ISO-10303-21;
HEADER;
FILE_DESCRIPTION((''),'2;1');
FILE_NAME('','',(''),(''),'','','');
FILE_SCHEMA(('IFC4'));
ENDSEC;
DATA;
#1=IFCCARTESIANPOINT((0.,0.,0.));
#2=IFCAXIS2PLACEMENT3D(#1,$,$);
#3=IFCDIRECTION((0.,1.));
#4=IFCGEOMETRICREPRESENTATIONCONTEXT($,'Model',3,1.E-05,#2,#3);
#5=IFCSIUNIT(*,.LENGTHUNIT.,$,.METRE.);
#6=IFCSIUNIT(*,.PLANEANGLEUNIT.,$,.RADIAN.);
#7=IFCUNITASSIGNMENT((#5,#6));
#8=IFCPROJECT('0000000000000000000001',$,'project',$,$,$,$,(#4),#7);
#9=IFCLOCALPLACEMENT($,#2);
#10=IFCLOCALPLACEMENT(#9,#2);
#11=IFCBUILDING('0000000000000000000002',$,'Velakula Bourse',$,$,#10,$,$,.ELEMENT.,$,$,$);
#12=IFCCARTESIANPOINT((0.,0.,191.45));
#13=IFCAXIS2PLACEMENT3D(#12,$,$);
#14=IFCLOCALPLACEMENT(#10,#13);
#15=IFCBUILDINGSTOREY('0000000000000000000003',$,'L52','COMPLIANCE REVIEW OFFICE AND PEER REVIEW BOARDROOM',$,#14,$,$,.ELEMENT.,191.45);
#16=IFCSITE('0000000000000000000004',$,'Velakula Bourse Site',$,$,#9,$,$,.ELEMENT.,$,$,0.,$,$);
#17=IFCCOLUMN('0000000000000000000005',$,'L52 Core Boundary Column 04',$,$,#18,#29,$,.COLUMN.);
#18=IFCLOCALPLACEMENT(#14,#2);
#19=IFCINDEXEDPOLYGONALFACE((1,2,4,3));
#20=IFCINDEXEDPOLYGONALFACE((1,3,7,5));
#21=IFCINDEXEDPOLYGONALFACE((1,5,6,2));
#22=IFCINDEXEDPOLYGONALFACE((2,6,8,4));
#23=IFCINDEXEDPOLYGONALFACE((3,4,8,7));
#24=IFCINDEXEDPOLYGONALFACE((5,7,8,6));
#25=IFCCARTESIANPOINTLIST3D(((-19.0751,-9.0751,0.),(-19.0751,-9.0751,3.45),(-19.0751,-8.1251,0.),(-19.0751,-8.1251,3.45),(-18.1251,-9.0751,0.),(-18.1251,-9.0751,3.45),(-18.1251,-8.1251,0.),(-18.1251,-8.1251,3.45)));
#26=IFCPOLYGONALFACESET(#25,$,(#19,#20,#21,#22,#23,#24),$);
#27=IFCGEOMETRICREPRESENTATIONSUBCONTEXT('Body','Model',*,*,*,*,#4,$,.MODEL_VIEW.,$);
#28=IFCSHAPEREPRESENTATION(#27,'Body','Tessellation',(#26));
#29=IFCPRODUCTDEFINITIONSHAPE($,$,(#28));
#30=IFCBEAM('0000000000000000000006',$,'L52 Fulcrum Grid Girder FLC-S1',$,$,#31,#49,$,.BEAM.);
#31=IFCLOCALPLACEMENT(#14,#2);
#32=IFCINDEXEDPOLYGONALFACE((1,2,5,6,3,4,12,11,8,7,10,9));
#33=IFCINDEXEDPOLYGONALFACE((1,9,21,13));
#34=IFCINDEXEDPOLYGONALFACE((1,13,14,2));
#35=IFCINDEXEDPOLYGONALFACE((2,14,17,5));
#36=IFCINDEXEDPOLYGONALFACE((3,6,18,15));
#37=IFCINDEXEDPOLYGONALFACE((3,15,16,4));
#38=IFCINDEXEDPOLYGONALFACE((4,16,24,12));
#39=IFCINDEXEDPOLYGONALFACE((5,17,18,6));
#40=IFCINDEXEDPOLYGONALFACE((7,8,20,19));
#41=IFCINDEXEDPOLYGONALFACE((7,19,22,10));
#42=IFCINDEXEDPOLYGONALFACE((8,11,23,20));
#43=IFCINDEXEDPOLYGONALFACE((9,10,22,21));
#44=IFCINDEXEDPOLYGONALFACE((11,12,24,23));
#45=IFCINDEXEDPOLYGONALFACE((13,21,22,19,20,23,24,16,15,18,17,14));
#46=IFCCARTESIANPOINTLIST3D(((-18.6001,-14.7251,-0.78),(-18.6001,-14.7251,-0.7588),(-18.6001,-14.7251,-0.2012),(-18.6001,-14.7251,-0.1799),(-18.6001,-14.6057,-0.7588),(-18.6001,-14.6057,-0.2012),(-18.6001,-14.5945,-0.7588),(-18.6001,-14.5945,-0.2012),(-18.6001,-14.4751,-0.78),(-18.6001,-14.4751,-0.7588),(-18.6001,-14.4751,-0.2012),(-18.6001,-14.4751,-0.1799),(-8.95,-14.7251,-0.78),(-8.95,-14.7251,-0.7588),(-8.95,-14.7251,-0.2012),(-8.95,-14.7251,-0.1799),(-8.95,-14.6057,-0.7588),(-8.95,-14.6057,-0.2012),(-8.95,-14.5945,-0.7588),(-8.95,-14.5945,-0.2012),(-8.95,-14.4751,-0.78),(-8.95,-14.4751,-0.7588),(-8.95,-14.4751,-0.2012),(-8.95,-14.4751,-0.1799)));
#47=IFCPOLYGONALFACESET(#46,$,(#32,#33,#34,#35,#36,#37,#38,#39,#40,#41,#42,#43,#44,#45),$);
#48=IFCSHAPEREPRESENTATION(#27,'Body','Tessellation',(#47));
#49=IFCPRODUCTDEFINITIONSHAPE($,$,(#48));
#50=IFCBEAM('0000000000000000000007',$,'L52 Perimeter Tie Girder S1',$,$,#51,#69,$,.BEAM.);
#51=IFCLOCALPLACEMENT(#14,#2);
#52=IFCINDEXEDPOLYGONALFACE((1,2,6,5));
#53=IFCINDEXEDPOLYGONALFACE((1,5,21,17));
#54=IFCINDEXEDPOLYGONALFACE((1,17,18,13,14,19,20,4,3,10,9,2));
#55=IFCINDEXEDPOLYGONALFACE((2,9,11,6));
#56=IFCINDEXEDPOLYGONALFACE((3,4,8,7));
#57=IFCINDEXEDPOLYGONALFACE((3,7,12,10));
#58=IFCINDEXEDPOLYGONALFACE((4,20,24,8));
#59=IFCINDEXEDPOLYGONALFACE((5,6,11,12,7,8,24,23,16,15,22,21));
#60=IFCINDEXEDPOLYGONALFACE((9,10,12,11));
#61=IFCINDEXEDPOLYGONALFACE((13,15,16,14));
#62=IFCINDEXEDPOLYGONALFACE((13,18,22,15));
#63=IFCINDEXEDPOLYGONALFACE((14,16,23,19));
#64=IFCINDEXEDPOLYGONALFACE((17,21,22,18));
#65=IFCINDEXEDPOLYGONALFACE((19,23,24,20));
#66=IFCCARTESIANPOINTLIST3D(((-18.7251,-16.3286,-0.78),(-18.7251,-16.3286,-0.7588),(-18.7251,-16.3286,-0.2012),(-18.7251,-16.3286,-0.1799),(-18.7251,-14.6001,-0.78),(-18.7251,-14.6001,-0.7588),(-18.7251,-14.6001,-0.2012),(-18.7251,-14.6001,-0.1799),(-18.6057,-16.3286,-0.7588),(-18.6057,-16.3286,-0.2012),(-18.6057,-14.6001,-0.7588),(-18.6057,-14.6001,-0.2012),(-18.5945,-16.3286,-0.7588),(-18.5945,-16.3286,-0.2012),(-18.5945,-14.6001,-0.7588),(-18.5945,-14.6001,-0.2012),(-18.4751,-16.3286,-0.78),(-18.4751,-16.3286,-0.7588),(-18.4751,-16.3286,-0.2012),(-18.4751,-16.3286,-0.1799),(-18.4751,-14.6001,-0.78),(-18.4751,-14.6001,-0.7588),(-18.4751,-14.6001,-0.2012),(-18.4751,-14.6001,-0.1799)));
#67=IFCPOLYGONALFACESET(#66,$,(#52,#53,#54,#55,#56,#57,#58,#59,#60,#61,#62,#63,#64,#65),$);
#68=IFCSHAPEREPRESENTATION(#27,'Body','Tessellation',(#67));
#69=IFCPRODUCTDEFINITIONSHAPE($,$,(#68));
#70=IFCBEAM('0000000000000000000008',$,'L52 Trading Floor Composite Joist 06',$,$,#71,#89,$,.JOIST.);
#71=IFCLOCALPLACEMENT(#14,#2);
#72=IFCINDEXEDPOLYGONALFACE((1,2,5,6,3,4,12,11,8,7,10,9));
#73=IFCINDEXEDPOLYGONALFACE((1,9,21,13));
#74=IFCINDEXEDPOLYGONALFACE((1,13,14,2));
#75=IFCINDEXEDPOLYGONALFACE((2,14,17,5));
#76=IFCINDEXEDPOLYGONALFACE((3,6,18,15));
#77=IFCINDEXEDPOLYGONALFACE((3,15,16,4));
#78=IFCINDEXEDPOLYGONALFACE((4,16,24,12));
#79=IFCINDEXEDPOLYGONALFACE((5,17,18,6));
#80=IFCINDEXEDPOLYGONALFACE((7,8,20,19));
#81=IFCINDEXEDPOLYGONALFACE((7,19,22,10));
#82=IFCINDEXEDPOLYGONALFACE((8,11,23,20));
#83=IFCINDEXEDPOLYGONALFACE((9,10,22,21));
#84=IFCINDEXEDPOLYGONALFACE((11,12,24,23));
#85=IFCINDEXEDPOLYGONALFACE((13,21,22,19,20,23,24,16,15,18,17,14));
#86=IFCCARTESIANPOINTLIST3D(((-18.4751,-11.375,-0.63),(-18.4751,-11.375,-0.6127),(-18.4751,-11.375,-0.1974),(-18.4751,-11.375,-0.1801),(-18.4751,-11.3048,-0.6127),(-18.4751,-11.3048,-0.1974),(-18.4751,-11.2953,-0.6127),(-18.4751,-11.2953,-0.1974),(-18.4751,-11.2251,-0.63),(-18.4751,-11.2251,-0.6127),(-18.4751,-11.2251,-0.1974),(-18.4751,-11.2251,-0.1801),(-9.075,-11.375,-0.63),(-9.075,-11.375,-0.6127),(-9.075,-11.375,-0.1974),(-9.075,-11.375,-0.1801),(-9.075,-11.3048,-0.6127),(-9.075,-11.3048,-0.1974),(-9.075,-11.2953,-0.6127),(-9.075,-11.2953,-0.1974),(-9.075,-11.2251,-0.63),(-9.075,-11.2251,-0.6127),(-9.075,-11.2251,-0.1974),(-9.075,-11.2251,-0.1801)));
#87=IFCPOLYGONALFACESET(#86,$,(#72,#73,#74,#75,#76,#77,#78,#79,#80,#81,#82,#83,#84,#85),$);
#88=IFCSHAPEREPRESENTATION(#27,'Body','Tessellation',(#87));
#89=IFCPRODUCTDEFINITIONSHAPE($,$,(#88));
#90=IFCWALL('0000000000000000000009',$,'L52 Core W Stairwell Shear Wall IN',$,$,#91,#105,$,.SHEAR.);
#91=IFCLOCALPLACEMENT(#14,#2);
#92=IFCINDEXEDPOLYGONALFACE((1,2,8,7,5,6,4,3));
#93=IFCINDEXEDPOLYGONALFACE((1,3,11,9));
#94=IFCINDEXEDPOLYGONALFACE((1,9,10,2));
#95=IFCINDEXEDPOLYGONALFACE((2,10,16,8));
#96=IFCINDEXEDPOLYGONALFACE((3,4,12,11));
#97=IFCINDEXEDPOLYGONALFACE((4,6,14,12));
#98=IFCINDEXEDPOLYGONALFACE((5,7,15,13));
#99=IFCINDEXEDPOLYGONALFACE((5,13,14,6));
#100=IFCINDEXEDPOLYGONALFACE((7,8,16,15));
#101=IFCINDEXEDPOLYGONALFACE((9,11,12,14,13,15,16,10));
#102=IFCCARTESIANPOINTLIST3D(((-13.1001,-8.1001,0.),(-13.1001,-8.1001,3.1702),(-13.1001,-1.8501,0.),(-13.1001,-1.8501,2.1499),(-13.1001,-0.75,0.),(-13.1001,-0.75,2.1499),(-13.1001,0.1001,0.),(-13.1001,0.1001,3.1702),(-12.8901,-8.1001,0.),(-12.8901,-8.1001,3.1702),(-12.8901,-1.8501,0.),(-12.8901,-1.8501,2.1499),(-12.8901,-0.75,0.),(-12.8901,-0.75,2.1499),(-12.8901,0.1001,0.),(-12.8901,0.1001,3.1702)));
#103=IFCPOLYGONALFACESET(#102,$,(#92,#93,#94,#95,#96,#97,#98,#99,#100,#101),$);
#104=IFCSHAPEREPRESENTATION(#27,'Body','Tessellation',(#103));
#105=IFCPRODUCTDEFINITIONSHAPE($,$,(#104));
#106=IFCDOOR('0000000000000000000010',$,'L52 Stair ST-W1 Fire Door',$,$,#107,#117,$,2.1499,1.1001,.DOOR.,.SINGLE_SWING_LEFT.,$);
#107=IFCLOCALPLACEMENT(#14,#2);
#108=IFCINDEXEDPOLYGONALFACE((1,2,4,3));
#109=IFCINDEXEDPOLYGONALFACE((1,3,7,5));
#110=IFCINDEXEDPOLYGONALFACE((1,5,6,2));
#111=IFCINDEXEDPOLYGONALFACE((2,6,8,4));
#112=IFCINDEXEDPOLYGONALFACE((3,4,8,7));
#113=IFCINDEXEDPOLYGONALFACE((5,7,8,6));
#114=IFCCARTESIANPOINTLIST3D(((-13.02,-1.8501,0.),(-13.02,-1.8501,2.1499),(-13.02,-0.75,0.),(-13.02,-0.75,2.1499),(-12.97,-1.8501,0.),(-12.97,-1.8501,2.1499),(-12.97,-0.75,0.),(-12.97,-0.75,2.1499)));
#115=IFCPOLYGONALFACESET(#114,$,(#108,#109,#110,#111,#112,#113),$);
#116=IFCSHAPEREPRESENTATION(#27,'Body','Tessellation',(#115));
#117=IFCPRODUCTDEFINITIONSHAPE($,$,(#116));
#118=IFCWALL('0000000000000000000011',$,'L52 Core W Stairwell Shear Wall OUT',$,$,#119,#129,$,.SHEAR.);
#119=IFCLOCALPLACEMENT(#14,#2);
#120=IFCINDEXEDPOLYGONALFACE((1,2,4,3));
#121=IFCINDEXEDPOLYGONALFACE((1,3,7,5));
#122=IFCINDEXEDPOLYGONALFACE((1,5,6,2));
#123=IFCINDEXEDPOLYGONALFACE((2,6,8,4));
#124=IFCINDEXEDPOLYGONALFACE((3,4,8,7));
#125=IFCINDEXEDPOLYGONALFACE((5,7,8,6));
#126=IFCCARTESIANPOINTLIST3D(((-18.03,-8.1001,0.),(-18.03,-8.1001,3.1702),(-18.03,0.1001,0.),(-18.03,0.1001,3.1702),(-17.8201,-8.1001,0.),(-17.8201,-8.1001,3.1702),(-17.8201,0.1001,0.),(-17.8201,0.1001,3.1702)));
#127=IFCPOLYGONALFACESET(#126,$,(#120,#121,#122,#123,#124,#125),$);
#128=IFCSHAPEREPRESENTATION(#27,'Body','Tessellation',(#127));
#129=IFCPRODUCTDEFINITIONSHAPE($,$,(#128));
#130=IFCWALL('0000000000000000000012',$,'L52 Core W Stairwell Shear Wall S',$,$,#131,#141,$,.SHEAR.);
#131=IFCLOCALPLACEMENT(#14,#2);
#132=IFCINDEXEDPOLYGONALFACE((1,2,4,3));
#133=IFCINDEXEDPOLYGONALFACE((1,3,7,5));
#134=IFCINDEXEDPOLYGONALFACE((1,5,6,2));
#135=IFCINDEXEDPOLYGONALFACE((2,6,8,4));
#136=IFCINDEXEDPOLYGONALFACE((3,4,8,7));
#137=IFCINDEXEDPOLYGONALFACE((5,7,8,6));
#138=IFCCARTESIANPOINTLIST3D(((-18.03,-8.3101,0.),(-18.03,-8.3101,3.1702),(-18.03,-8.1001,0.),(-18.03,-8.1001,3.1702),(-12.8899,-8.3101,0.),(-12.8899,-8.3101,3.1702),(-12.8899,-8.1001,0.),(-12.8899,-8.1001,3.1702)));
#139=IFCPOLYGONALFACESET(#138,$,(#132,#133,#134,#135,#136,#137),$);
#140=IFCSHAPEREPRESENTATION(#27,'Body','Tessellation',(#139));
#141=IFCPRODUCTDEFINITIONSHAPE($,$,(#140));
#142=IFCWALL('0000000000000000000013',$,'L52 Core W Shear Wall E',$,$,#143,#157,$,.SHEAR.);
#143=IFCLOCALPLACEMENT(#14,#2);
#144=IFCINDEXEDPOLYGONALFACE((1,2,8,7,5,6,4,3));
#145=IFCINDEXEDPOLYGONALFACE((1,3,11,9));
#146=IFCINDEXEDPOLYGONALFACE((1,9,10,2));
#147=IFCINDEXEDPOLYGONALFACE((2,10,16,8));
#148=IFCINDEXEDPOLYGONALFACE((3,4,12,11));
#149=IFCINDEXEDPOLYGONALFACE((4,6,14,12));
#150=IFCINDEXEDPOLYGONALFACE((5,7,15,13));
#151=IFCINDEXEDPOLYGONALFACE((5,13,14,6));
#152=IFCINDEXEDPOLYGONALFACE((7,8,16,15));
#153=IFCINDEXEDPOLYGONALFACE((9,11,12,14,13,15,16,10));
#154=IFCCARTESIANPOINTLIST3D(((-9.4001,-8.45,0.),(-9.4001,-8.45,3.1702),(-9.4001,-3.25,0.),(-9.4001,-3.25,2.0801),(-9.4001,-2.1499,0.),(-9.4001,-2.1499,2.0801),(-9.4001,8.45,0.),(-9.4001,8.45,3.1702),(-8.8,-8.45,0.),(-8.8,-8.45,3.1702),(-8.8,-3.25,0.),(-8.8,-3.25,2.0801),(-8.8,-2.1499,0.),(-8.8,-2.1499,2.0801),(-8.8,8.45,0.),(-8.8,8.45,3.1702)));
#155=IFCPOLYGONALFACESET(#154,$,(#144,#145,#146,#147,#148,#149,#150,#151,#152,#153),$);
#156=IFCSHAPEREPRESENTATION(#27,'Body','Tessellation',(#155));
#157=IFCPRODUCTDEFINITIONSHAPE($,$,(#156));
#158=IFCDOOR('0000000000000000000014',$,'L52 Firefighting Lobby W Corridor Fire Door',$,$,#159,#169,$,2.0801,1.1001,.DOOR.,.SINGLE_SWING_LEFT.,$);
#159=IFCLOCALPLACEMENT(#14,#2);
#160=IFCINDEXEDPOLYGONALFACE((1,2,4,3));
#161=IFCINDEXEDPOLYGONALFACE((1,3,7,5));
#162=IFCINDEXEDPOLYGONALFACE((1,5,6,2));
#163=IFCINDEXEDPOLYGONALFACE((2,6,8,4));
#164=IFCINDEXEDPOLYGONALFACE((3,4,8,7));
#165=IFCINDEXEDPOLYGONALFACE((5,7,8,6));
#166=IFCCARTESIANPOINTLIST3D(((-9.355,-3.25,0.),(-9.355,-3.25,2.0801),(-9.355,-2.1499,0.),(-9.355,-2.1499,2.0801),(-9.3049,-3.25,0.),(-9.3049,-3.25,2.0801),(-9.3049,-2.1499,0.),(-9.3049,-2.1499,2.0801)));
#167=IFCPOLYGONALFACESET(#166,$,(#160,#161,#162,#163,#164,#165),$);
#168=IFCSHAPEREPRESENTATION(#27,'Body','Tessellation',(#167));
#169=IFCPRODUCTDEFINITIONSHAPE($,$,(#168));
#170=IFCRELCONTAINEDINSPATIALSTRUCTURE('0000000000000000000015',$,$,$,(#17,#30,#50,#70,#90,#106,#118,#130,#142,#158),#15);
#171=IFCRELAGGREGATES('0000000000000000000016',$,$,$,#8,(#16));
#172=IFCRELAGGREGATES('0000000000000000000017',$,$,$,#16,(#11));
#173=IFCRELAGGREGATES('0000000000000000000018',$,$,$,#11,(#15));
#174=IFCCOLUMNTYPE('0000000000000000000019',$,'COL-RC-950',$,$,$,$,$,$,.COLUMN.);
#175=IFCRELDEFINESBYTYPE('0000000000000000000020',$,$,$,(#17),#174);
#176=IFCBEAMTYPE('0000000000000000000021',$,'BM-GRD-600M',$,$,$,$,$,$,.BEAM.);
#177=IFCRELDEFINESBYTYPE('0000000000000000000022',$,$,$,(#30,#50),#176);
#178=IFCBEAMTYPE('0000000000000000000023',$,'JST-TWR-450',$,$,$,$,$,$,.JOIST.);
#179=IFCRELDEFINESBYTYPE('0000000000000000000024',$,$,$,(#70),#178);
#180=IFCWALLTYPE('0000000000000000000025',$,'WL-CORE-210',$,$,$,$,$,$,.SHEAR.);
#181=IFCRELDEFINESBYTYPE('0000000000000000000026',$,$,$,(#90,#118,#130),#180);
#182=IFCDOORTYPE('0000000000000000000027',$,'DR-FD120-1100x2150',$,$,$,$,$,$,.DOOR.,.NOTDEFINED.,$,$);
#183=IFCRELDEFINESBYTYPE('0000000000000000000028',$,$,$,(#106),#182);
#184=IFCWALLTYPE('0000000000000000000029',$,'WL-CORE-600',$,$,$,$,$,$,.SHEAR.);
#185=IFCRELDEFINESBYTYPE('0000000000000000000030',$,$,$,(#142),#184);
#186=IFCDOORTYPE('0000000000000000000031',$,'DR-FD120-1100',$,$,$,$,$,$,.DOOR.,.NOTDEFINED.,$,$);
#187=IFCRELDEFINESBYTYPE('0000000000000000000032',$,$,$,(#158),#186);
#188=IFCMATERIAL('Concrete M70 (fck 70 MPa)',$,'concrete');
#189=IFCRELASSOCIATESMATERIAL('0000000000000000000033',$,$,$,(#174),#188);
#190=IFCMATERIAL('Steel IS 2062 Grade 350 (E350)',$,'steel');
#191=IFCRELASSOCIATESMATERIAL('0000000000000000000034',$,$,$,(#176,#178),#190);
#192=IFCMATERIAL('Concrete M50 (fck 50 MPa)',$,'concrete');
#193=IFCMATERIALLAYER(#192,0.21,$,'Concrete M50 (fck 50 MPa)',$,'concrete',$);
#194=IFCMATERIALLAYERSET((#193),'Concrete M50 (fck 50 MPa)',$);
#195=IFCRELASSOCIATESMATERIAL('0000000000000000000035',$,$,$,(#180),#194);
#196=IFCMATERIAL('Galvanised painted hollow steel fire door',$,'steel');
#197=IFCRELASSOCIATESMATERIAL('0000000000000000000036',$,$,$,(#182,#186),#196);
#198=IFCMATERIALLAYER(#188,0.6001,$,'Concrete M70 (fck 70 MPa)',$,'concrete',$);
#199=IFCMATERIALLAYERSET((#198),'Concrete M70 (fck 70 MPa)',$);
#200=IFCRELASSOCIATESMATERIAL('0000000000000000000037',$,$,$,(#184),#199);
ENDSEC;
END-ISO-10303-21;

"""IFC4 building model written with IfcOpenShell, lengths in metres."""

from ifc_helpers import new_model, si_unit, direction, frame, frame_2d, origin, origin_2d, place, context, subcontext, project, spatial, rectangle, i_section, extrude, material, layer, layer_set, material_profile, profile_set, type_object, element, fill, save


model = new_model("IFC4")

# Units and contexts
model_context = context("Model", 3, precision=1e-05, world=origin(), true_north=direction((0.0, 1.0)))
body_context = subcontext(model_context, "Body", "Model", "MODEL_VIEW")
ifc_project = project(units=[si_unit("LENGTHUNIT", "METRE"), si_unit("PLANEANGLEUNIT", "RADIAN")], contexts=[model_context])

# Site, building, storey
site_placement = place(None, origin())
site = spatial("IfcSite", under=ifc_project, at=site_placement, Name="Velakula Bourse Site", CompositionType="ELEMENT", RefElevation=0.0)
building_placement = place(site_placement, origin())
building = spatial("IfcBuilding", under=site, at=building_placement, Name="Velakula Bourse", CompositionType="ELEMENT")
storey_placement = place(building_placement, frame((0.0, 0.0, 191.45)))
storey = spatial("IfcBuildingStorey", under=building, at=storey_placement, Name="L52", Description="COMPLIANCE REVIEW OFFICE AND PEER REVIEW BOARDROOM", CompositionType="ELEMENT", Elevation=191.45)

# Column
ifc_material_1 = material(Name="Concrete M70 (fck 70 MPa)", Category="concrete")
ifc_material_profile_1 = material_profile(ifc_material_1, rectangle(XDim=0.95, YDim=0.95, at=origin_2d()), Name="Concrete M70 (fck 70 MPa)")
ifc_profile_set_1 = profile_set([ifc_material_profile_1], Name="Concrete M70 (fck 70 MPa)")
column_type = type_object("IfcColumnType", Name="COL-RC-950", PredefinedType="COLUMN", material=ifc_profile_set_1)
column_placement = place(storey_placement, frame((-18.6001, -8.6001, 0.0), z_axis=(0.0, 0.0, 1.0), x_axis=(1.0, 0.0, 0.0)))
element("IfcColumn", 1, at=column_placement, inside=storey, type_object=column_type, Name="L52 Core Boundary Column 04", PredefinedType="COLUMN", context=body_context, shape_type="SweptSolid", body=[
    extrude(rectangle(XDim=0.95, YDim=0.95, at=origin_2d()), origin(), (0.0, 0.0, 1.0), 3.45),
])

# Beams
ifc_material_2 = material(Name="Steel IS 2062 Grade 350 (E350)", Category="steel")
ifc_material_profile_2 = material_profile(ifc_material_2, i_section(OverallWidth=0.25, OverallDepth=0.6001, WebThickness=0.0112, FlangeThickness=0.0212, at=origin_2d()), Name="Steel IS 2062 Grade 350 (E350)")
ifc_profile_set_2 = profile_set([ifc_material_profile_2], Name="Steel IS 2062 Grade 350 (E350)")
beam_type_1 = type_object("IfcBeamType", Name="BM-GRD-600M", PredefinedType="BEAM", material=ifc_profile_set_2)
beam_1_placement = place(storey_placement, frame((-18.6001, -14.6001, -0.48), z_axis=(1.0, 0.0, 0.0), x_axis=(0.0, 1.0, 0.0)))
element("IfcBeam", 2, at=beam_1_placement, inside=storey, type_object=beam_type_1, Name="L52 Fulcrum Grid Girder FLC-S1", PredefinedType="BEAM", context=body_context, shape_type="SweptSolid", body=[
    extrude(i_section(OverallWidth=0.25, OverallDepth=0.6001, WebThickness=0.0112, FlangeThickness=0.0212, at=origin_2d()), origin(), (0.0, 0.0, 1.0), 9.6501),
])
beam_2_placement = place(storey_placement, frame((-18.6001, -14.6001, -0.48), z_axis=(0.0, -1.0, 0.0), x_axis=(1.0, 0.0, 0.0)))
element("IfcBeam", 3, at=beam_2_placement, inside=storey, type_object=beam_type_1, Name="L52 Perimeter Tie Girder S1", PredefinedType="BEAM", context=body_context, shape_type="SweptSolid", body=[
    extrude(i_section(OverallWidth=0.25, OverallDepth=0.6001, WebThickness=0.0112, FlangeThickness=0.0212, at=origin_2d()), origin(), (0.0, 0.0, 1.0), 1.7285),
])
ifc_material_profile_3 = material_profile(ifc_material_2, i_section(OverallWidth=0.1499, OverallDepth=0.45, WebThickness=0.0095, FlangeThickness=0.0173, at=origin_2d()), Name="Steel IS 2062 Grade 350 (E350)")
ifc_profile_set_3 = profile_set([ifc_material_profile_3], Name="Steel IS 2062 Grade 350 (E350)")
beam_type_2 = type_object("IfcBeamType", Name="JST-TWR-450", PredefinedType="JOIST", material=ifc_profile_set_3)
beam_3_placement = place(storey_placement, frame((-18.4751, -11.3, -0.405), z_axis=(1.0, 0.0, 0.0), x_axis=(0.0, 1.0, 0.0)))
element("IfcBeam", 4, at=beam_3_placement, inside=storey, type_object=beam_type_2, Name="L52 Trading Floor Composite Joist 06", PredefinedType="JOIST", context=body_context, shape_type="SweptSolid", body=[
    extrude(i_section(OverallWidth=0.1499, OverallDepth=0.45, WebThickness=0.0095, FlangeThickness=0.0173, at=origin_2d()), origin(), (0.0, 0.0, 1.0), 9.4001),
])

# Wall, opening, door
ifc_material_3 = material(Name="Concrete M50 (fck 50 MPa)", Category="concrete")
ifc_layer_1 = layer(ifc_material_3, 0.21, Name="Concrete M50 (fck 50 MPa)", Category="concrete")
ifc_layer_set_1 = layer_set([ifc_layer_1], Name="Concrete M50 (fck 50 MPa)")
wall_type_1 = type_object("IfcWallType", Name="WL-CORE-210", PredefinedType="SHEAR", material=ifc_layer_set_1)
wall_1_placement = place(storey_placement, frame((-12.9951, -8.1001, 0.0), z_axis=(0.0, 0.0, 1.0), x_axis=(0.0, 1.0, 0.0)))
wall_1 = element("IfcWall", 5, at=wall_1_placement, inside=storey, type_object=wall_type_1, Name="L52 Core W Stairwell Shear Wall IN", PredefinedType="SHEAR", context=body_context, shape_type="SweptSolid", body=[
    extrude(rectangle(XDim=8.2002, YDim=0.21, at=frame_2d((4.1001, 0.0))), origin(), (0.0, 0.0, 1.0), 3.1702),
])
opening_1_placement = place(wall_1_placement, frame((6.25, 0.0, 0.0)))
opening_1 = element("IfcOpeningElement", 6, at=opening_1_placement, cuts=wall_1, PredefinedType="OPENING", context=body_context, shape_type="SweptSolid", body=[
    extrude(rectangle(XDim=1.1001, YDim=2.1499, at=frame_2d((0.55, 1.075))), frame((0.0, 0.115, 0.0), z_axis=(0.0, -1.0, 0.0), x_axis=(1.0, 0.0, 0.0)), (0.0, 0.0, 1.0), 0.23),
])
ifc_material_4 = material(Name="Galvanised painted hollow steel fire door", Category="steel")
door_type_1 = type_object("IfcDoorType", Name="DR-FD120-1100x2150", OperationType="NOTDEFINED", PredefinedType="DOOR", material=ifc_material_4)
door_1_placement = place(opening_1_placement, origin())
door_1 = element("IfcDoor", 7, at=door_1_placement, inside=storey, type_object=door_type_1, Name="L52 Stair ST-W1 Fire Door", OperationType="SINGLE_SWING_LEFT", OverallHeight=2.1499, OverallWidth=1.1001, PredefinedType="DOOR", context=body_context, shape_type="SweptSolid", body=[
    extrude(rectangle(XDim=1.1001, YDim=2.1499, at=frame_2d((0.55, 1.075))), frame((0.0, 0.0249, 0.0), z_axis=(0.0, -1.0, 0.0), x_axis=(1.0, 0.0, 0.0)), (0.0, 0.0, 1.0), 0.05),
])
fill(opening_1, door_1)

# Walls
wall_2_placement = place(storey_placement, frame((-17.925, -8.1001, 0.0), z_axis=(0.0, 0.0, 1.0), x_axis=(0.0, 1.0, 0.0)))
element("IfcWall", 8, at=wall_2_placement, inside=storey, type_object=wall_type_1, Name="L52 Core W Stairwell Shear Wall OUT", PredefinedType="SHEAR", context=body_context, shape_type="SweptSolid", body=[
    extrude(rectangle(XDim=8.2002, YDim=0.21, at=frame_2d((4.1001, 0.0))), origin(), (0.0, 0.0, 1.0), 3.1702),
])
wall_3_placement = place(storey_placement, frame((-18.03, -8.2051, 0.0), z_axis=(0.0, 0.0, 1.0), x_axis=(1.0, 0.0, 0.0)))
element("IfcWall", 9, at=wall_3_placement, inside=storey, type_object=wall_type_1, Name="L52 Core W Stairwell Shear Wall S", PredefinedType="SHEAR", context=body_context, shape_type="SweptSolid", body=[
    extrude(rectangle(XDim=5.1401, YDim=0.21, at=frame_2d((2.5701, 0.0))), origin(), (0.0, 0.0, 1.0), 3.1702),
])

# Wall, opening, door
ifc_layer_2 = layer(ifc_material_1, 0.6001, Name="Concrete M70 (fck 70 MPa)", Category="concrete")
ifc_layer_set_2 = layer_set([ifc_layer_2], Name="Concrete M70 (fck 70 MPa)")
wall_type_2 = type_object("IfcWallType", Name="WL-CORE-600", PredefinedType="SHEAR", material=ifc_layer_set_2)
wall_4_placement = place(storey_placement, frame((-9.1001, -8.45, 0.0), z_axis=(0.0, 0.0, 1.0), x_axis=(0.0, 1.0, 0.0)))
wall_4 = element("IfcWall", 10, at=wall_4_placement, inside=storey, type_object=wall_type_2, Name="L52 Core W Shear Wall E", PredefinedType="SHEAR", context=body_context, shape_type="SweptSolid", body=[
    extrude(rectangle(XDim=16.8999, YDim=0.6001, at=frame_2d((8.45, 0.0))), origin(), (0.0, 0.0, 1.0), 3.1702),
])
opening_2_placement = place(wall_4_placement, frame((5.2, 0.0, 0.0)))
opening_2 = element("IfcOpeningElement", 11, at=opening_2_placement, cuts=wall_4, PredefinedType="OPENING", context=body_context, shape_type="SweptSolid", body=[
    extrude(rectangle(XDim=1.1001, YDim=2.0801, at=frame_2d((0.55, 1.04))), frame((0.0, 0.3101, 0.0), z_axis=(0.0, -1.0, 0.0), x_axis=(1.0, 0.0, 0.0)), (0.0, 0.0, 1.0), 0.6201),
])
door_type_2 = type_object("IfcDoorType", Name="DR-FD120-1100", OperationType="NOTDEFINED", PredefinedType="DOOR", material=ifc_material_4)
door_2_placement = place(opening_2_placement, origin())
door_2 = element("IfcDoor", 12, at=door_2_placement, inside=storey, type_object=door_type_2, Name="L52 Firefighting Lobby W Corridor Fire Door", OperationType="SINGLE_SWING_LEFT", OverallHeight=2.0801, OverallWidth=1.1001, PredefinedType="DOOR", context=body_context, shape_type="SweptSolid", body=[
    extrude(rectangle(XDim=1.1001, YDim=2.0801, at=frame_2d((0.55, 1.04))), frame((0.0, 0.2549, 0.0), z_axis=(0.0, -1.0, 0.0), x_axis=(1.0, 0.0, 0.0)), (0.0, 0.0, 1.0), 0.05),
])
fill(opening_2, door_2)

save(model, "model.ifc")
